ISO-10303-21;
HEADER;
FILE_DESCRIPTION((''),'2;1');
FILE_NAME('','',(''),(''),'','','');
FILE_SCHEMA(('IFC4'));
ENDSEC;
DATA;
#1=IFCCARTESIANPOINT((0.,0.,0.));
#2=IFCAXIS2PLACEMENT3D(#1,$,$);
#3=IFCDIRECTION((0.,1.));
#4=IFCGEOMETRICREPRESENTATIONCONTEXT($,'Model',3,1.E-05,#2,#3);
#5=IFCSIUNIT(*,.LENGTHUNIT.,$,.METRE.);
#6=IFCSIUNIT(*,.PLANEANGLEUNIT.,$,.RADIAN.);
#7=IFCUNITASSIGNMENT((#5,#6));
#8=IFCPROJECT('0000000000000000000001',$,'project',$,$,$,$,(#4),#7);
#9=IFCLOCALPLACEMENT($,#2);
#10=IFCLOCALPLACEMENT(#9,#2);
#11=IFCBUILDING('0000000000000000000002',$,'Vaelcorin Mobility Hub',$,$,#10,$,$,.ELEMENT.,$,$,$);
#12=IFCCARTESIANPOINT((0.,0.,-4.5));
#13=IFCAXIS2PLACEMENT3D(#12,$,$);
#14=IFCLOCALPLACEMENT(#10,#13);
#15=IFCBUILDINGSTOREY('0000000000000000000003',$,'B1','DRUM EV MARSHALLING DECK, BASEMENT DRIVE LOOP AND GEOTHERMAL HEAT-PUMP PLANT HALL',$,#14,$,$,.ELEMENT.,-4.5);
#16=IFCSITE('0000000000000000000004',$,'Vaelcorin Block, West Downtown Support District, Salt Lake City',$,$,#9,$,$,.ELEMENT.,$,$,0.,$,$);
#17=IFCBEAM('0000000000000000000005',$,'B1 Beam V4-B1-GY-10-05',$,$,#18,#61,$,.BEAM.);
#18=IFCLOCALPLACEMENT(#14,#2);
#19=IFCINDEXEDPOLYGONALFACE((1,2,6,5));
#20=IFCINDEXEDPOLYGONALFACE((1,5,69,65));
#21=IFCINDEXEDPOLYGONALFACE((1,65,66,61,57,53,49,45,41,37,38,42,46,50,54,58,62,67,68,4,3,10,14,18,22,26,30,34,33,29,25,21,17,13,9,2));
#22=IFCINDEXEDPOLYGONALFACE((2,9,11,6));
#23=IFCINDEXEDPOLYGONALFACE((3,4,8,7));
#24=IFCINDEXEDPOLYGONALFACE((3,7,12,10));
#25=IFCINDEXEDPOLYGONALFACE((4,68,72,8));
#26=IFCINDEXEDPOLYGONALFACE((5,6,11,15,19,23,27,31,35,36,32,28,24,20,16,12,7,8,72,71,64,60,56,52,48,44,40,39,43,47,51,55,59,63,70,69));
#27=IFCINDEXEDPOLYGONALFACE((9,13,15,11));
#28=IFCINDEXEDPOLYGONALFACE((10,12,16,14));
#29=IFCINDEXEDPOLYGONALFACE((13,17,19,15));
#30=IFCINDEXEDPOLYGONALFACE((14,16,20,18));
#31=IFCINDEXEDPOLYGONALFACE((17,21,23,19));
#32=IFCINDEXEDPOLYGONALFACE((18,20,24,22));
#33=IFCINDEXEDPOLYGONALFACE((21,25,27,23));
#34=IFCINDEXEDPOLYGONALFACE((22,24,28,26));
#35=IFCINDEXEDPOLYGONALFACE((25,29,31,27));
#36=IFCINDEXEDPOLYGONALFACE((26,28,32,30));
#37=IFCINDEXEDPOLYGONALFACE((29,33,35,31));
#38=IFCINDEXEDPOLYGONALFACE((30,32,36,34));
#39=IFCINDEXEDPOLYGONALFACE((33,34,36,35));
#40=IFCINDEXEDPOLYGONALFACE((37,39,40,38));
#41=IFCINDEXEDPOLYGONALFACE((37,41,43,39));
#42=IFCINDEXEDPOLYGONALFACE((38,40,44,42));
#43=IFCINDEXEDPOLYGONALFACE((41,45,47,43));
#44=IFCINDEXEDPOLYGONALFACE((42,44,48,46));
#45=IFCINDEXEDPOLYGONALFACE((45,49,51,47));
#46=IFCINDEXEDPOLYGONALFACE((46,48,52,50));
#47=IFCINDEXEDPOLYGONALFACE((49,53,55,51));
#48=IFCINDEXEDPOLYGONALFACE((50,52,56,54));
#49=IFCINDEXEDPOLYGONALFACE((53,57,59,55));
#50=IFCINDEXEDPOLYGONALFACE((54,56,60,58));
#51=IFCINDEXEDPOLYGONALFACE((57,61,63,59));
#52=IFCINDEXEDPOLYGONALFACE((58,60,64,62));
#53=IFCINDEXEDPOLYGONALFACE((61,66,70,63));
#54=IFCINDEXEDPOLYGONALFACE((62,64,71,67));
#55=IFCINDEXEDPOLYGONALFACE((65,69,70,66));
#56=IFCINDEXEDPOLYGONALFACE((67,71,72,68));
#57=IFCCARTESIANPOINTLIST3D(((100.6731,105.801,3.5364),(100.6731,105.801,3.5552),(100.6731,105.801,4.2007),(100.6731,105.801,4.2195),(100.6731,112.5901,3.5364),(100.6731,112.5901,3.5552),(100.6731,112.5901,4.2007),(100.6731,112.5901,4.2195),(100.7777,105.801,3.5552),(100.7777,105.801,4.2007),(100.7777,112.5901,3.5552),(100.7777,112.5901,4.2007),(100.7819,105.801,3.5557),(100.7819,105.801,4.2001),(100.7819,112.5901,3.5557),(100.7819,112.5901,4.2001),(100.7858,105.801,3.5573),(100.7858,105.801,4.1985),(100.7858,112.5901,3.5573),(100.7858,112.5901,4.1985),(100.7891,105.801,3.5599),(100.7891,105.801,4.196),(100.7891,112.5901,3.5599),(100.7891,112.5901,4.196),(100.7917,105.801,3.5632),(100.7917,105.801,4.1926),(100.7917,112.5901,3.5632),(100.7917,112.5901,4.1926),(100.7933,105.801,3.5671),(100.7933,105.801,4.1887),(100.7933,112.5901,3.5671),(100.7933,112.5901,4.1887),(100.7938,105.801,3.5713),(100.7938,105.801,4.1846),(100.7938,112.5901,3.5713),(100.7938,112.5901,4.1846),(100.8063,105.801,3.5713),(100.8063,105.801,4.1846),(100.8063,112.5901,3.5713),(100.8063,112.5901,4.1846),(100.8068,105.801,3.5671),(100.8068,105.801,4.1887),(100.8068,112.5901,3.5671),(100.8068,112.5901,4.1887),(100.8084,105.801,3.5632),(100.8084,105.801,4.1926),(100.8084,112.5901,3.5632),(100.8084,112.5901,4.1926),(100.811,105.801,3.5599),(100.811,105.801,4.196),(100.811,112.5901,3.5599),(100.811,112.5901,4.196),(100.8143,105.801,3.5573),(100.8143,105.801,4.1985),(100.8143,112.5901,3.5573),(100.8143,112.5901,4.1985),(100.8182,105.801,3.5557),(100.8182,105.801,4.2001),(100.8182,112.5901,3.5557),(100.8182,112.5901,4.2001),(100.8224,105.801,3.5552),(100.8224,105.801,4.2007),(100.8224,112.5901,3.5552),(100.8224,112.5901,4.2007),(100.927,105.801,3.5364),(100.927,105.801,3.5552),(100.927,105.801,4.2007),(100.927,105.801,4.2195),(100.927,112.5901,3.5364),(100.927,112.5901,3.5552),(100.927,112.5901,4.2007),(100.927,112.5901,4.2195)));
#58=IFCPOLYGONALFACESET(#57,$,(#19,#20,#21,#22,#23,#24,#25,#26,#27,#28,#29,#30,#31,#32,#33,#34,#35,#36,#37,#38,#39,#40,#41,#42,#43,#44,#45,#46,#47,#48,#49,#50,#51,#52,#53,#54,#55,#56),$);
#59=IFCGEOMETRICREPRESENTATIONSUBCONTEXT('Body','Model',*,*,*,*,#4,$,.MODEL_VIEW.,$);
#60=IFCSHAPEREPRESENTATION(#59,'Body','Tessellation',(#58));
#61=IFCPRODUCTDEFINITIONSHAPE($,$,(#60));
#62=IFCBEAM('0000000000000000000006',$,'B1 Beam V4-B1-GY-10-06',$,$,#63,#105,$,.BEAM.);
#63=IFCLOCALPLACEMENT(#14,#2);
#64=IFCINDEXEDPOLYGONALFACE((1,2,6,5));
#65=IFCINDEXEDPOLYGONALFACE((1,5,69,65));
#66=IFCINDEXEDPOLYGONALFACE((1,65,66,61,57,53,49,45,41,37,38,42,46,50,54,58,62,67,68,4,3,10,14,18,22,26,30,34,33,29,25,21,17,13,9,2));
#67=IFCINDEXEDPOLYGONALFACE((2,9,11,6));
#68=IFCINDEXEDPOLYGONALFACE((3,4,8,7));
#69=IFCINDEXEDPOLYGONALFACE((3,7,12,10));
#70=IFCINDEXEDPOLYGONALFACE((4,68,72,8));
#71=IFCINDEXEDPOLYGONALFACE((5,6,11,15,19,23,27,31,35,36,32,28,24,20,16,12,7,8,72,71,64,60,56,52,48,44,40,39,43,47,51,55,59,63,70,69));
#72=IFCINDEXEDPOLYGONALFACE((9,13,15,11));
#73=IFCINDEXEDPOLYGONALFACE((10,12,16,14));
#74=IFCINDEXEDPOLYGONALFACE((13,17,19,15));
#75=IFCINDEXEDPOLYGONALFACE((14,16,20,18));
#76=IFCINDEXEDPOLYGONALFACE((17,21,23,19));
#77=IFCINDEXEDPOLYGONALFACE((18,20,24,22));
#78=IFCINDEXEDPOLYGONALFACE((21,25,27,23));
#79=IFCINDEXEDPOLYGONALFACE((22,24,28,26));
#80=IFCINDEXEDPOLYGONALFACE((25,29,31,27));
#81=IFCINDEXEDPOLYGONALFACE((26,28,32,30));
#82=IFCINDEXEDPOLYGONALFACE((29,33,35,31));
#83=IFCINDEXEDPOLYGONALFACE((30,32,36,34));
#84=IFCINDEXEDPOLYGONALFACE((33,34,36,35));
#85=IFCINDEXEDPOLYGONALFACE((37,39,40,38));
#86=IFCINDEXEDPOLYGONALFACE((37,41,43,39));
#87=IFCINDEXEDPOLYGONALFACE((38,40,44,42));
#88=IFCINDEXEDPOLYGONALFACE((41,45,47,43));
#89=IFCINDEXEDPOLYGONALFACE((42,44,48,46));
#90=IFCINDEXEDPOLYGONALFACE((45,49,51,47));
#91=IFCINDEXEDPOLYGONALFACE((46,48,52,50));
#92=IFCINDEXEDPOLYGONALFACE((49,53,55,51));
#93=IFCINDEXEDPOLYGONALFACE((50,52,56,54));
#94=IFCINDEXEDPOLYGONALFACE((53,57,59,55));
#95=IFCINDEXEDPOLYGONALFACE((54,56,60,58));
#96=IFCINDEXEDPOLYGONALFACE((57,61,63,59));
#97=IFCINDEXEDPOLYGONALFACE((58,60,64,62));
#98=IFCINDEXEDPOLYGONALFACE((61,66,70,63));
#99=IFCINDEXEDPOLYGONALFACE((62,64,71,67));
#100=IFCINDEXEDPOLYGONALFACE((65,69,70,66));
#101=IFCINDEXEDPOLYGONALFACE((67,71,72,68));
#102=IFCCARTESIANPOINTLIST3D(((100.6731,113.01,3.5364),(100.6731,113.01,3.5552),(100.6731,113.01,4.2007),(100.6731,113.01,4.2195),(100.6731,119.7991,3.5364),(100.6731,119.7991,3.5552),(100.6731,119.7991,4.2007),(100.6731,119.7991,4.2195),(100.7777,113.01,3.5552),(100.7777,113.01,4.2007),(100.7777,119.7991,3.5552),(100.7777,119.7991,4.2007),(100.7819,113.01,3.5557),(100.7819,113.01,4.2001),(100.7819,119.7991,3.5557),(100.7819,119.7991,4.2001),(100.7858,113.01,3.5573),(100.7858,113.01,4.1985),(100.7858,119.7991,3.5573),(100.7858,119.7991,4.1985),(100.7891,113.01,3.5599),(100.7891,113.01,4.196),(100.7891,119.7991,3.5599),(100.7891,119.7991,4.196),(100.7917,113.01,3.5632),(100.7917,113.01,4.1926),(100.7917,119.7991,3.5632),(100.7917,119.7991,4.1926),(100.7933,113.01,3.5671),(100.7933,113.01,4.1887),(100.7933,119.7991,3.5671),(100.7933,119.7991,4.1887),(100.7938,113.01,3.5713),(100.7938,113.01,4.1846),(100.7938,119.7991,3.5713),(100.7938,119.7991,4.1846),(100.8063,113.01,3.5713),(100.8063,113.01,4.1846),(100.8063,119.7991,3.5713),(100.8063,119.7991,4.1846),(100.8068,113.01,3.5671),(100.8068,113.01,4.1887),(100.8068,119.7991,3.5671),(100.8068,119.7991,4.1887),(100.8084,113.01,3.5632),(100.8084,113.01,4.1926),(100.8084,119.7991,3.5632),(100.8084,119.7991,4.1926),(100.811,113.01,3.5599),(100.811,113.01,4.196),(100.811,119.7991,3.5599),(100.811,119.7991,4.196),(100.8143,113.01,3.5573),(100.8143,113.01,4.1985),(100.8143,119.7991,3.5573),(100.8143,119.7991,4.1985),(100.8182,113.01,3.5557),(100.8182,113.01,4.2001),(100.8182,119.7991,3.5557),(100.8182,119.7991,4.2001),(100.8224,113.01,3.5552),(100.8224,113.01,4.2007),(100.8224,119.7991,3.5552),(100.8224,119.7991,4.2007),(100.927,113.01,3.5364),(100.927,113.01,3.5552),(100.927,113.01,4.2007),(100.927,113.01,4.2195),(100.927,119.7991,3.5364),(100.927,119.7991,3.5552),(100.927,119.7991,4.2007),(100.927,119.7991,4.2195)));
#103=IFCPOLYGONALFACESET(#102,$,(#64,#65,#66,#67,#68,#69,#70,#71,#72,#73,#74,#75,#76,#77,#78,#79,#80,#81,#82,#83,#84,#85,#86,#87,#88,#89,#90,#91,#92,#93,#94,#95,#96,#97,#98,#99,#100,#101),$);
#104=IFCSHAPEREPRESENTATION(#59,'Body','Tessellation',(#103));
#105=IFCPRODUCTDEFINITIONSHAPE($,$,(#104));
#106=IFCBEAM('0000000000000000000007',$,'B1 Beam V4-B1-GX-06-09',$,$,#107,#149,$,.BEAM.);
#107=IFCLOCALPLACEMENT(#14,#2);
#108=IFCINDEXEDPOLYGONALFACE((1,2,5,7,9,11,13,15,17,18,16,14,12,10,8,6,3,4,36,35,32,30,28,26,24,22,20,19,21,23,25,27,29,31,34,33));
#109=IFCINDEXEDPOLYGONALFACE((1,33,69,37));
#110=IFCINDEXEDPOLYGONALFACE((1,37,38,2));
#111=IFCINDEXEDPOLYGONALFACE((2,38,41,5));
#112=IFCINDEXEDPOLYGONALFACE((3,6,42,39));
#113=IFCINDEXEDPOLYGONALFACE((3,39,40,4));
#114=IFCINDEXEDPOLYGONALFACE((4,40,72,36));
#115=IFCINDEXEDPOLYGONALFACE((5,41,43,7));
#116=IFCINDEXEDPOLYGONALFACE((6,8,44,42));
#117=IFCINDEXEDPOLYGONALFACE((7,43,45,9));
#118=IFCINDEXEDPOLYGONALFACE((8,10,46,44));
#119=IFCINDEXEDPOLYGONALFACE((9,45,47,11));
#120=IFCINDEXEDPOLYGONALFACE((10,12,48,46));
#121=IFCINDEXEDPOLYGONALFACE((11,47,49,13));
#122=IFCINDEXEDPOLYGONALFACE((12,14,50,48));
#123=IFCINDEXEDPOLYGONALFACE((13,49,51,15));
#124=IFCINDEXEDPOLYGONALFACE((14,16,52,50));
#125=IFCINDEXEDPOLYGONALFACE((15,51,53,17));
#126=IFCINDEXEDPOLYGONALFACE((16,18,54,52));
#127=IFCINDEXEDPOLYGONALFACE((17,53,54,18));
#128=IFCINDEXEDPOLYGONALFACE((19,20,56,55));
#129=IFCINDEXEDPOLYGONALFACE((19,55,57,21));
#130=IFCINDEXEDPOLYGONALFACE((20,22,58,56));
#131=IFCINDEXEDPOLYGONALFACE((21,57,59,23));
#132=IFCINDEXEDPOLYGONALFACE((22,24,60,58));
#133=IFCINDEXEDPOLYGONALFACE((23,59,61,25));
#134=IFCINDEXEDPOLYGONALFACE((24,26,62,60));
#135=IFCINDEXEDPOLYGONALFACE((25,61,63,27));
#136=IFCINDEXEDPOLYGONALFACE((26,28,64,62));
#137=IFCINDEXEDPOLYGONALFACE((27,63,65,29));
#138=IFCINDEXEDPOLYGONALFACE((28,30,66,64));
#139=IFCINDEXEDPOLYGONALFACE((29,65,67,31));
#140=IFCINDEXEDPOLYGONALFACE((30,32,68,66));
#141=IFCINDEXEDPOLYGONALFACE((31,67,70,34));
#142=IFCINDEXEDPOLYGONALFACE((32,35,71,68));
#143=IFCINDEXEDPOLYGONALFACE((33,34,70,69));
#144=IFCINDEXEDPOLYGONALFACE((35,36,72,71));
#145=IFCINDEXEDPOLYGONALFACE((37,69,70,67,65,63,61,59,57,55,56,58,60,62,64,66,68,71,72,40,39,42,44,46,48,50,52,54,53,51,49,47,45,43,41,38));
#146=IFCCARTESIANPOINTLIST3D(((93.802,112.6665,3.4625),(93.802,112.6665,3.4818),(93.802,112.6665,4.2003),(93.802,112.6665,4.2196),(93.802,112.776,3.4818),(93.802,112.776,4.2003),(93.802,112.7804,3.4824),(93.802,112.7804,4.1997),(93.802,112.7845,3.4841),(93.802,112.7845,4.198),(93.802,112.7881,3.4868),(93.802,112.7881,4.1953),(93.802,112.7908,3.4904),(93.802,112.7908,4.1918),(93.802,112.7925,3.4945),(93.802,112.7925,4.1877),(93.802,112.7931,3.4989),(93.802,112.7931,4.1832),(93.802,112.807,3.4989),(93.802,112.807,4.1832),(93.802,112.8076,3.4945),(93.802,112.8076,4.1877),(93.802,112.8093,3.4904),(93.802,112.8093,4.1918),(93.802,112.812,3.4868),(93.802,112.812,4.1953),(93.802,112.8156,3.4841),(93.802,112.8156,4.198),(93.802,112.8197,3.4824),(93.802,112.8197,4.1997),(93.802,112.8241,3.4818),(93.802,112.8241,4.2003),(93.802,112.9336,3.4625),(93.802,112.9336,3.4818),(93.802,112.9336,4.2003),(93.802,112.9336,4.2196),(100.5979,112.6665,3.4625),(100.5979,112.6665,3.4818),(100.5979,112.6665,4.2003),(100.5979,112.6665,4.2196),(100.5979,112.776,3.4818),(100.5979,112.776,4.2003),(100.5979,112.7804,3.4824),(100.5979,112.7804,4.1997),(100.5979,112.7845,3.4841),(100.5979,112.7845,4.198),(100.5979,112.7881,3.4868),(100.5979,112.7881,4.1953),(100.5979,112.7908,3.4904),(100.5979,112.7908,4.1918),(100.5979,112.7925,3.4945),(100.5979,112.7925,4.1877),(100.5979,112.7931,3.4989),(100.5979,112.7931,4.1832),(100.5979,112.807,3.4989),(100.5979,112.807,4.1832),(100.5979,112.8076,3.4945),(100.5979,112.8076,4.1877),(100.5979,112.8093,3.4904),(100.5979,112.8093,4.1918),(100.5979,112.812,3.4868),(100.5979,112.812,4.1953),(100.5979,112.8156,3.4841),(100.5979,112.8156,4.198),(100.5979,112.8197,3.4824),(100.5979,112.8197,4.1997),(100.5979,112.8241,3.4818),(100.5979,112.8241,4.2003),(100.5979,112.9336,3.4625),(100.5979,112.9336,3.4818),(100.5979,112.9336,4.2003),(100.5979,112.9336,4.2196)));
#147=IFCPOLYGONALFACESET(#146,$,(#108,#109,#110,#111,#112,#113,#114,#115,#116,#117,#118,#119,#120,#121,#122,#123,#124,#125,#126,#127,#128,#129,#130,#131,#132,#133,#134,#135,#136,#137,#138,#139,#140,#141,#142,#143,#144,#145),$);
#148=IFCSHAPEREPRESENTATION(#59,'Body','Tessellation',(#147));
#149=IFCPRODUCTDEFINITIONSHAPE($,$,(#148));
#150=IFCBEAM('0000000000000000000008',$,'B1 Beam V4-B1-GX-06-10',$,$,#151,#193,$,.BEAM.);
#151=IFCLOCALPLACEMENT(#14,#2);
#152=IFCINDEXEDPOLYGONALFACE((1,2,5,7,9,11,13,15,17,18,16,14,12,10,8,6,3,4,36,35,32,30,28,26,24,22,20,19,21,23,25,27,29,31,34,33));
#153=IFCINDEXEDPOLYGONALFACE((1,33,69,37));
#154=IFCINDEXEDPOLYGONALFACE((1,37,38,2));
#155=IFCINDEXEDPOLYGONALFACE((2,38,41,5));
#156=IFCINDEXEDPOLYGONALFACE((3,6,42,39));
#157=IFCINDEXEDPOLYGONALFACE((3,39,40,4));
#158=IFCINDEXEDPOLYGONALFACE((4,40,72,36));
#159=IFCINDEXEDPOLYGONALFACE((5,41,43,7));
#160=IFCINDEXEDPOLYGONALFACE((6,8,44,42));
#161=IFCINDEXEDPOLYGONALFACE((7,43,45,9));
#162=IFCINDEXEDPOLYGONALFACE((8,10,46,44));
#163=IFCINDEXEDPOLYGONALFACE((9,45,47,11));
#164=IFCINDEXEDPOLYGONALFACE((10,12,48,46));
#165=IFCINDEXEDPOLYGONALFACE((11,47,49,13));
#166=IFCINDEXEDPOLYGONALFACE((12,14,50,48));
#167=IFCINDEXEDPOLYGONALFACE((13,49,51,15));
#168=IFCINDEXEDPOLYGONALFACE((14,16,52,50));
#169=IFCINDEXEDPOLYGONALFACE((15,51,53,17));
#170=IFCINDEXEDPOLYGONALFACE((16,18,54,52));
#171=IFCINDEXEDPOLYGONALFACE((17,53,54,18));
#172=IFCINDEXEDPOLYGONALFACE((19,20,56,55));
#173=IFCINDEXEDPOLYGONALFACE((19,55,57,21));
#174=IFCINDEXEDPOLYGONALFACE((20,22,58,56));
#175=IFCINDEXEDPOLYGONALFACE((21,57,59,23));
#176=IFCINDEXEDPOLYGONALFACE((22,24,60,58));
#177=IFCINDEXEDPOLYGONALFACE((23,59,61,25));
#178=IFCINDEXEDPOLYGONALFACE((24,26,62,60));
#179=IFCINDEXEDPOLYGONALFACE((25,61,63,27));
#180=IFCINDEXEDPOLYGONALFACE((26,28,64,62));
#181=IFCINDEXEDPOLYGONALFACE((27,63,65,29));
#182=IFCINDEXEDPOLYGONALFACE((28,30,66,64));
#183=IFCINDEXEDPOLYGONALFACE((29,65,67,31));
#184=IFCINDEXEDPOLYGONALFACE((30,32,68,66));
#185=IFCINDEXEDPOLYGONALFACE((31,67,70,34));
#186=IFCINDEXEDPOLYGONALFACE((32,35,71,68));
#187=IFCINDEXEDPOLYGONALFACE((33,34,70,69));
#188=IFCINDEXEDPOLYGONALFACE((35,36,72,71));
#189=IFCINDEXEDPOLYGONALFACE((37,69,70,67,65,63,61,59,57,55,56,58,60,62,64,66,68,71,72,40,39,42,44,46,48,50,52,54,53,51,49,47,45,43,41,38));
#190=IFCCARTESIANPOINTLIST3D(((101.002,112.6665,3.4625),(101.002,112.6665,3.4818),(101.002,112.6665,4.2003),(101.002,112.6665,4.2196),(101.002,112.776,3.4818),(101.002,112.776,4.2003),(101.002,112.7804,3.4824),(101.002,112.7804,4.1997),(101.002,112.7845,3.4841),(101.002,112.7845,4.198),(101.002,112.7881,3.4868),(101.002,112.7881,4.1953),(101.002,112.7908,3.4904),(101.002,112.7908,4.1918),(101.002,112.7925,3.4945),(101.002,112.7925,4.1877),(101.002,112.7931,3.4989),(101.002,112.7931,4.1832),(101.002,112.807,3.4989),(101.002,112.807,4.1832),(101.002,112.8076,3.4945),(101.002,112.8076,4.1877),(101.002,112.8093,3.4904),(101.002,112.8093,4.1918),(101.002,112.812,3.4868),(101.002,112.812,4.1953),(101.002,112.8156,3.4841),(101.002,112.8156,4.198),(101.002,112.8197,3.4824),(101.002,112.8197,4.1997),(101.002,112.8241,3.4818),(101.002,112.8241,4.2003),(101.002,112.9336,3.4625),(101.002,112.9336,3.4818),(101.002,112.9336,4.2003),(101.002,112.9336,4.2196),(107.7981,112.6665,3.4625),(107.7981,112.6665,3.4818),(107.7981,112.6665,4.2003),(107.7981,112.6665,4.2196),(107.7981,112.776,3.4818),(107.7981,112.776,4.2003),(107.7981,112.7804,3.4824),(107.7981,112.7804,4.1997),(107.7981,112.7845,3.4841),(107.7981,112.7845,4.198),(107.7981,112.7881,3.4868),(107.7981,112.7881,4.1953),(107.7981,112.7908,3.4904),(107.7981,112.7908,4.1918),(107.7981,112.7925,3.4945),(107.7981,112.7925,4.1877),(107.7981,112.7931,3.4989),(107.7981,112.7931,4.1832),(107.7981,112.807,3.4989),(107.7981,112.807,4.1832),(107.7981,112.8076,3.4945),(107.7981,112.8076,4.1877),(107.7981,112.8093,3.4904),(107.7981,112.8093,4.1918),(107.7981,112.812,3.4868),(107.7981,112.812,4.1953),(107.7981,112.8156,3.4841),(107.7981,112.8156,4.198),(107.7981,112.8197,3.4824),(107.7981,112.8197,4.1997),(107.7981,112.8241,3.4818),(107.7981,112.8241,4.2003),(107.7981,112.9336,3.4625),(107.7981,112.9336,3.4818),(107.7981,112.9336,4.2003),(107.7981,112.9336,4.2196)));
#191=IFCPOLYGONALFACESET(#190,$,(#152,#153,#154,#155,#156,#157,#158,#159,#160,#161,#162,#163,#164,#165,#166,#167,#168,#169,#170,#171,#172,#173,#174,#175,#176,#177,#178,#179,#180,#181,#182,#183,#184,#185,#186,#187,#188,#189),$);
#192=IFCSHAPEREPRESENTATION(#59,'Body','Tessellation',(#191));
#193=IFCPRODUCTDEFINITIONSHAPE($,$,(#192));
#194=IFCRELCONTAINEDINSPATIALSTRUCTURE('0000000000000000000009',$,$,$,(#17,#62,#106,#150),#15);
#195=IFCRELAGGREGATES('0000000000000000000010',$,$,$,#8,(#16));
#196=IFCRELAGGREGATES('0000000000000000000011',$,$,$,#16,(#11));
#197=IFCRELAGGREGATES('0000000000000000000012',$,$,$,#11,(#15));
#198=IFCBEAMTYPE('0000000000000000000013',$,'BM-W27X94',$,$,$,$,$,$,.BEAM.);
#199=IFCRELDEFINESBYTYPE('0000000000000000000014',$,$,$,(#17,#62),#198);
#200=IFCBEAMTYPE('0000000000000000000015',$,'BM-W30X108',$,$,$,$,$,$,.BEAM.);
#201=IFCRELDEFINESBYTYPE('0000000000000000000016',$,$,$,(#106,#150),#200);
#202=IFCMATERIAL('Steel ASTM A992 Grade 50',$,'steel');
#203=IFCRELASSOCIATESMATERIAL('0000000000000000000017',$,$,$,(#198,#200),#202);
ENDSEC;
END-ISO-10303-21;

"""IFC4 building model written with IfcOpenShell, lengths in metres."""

from ifc_helpers import new_model, si_unit, direction, frame, origin, origin_2d, place, context, subcontext, project, spatial, i_section, extrude, material, material_profile, profile_set, type_object, element, save


model = new_model("IFC4")

# Units and contexts
model_context = context("Model", 3, precision=1e-05, world=origin(), true_north=direction((0.0, 1.0)))
body_context = subcontext(model_context, "Body", "Model", "MODEL_VIEW")
ifc_project = project(units=[si_unit("LENGTHUNIT", "METRE"), si_unit("PLANEANGLEUNIT", "RADIAN")], contexts=[model_context])

# Site, building, storey
site_placement = place(None, origin())
site = spatial("IfcSite", under=ifc_project, at=site_placement, Name="Vaelcorin Block, West Downtown Support District, Salt Lake City", CompositionType="ELEMENT", RefElevation=0.0)
building_placement = place(site_placement, origin())
building = spatial("IfcBuilding", under=site, at=building_placement, Name="Vaelcorin Mobility Hub", CompositionType="ELEMENT")
storey_placement = place(building_placement, frame((0.0, 0.0, -4.5)))
storey = spatial("IfcBuildingStorey", under=building, at=storey_placement, Name="B1", Description="DRUM EV MARSHALLING DECK, BASEMENT DRIVE LOOP AND GEOTHERMAL HEAT-PUMP PLANT HALL", CompositionType="ELEMENT", Elevation=-4.5)

# Shared definitions
ifc_material_1 = material(Name="Steel ASTM A992 Grade 50", Category="steel")

# Beams
ifc_material_profile_1 = material_profile(ifc_material_1, i_section(OverallWidth=0.2539, OverallDepth=0.6831, WebThickness=0.0125, FlangeThickness=0.0188, FilletRadius=0.0161, at=origin_2d()), Name="W27X94")
ifc_profile_set_1 = profile_set([ifc_material_profile_1], Name="Steel ASTM A992 Grade 50")
beam_type_1 = type_object("IfcBeamType", Name="BM-W27X94", PredefinedType="BEAM", material=ifc_profile_set_1)
for number, where, z_axis, x_axis, name in (
    (1, (100.8, 105.801, 3.8779), (0.0, 1.0, 0.0), (-1.0, 0.0, 0.0), "B1 Beam V4-B1-GY-10-05"),
    (2, (100.8, 113.01, 3.8779), (0.0, 1.0, 0.0), (-1.0, 0.0, 0.0), "B1 Beam V4-B1-GY-10-06"),
):
    element("IfcBeam", number, at=place(storey_placement, frame(where, z_axis=z_axis, x_axis=x_axis)), inside=storey, type_object=beam_type_1, Name=name, PredefinedType="BEAM", context=body_context, shape_type="SweptSolid", body=[
        extrude(i_section(OverallWidth=0.2539, OverallDepth=0.6831, WebThickness=0.0125, FlangeThickness=0.0188, FilletRadius=0.0161, at=origin_2d()), origin(), (0.0, 0.0, 1.0), 6.7891),
    ])
ifc_material_profile_2 = material_profile(ifc_material_1, i_section(OverallWidth=0.2671, OverallDepth=0.7571, WebThickness=0.0139, FlangeThickness=0.0193, FilletRadius=0.0171, at=origin_2d()), Name="W30X108")
ifc_profile_set_2 = profile_set([ifc_material_profile_2], Name="Steel ASTM A992 Grade 50")
beam_type_2 = type_object("IfcBeamType", Name="BM-W30X108", PredefinedType="BEAM", material=ifc_profile_set_2)
beam_1_placement = place(storey_placement, frame((93.802, 112.8, 3.8411), z_axis=(1.0, 0.0, 0.0), x_axis=(0.0, 1.0, 0.0)))
element("IfcBeam", 3, at=beam_1_placement, inside=storey, type_object=beam_type_2, Name="B1 Beam V4-B1-GX-06-09", PredefinedType="BEAM", context=body_context, shape_type="SweptSolid", body=[
    extrude(i_section(OverallWidth=0.2671, OverallDepth=0.7571, WebThickness=0.0139, FlangeThickness=0.0193, FilletRadius=0.0171, at=origin_2d()), origin(), (0.0, 0.0, 1.0), 6.7959),
])
beam_2_placement = place(storey_placement, frame((101.002, 112.8, 3.8411), z_axis=(1.0, 0.0, 0.0), x_axis=(0.0, 1.0, 0.0)))
element("IfcBeam", 4, at=beam_2_placement, inside=storey, type_object=beam_type_2, Name="B1 Beam V4-B1-GX-06-10", PredefinedType="BEAM", context=body_context, shape_type="SweptSolid", body=[
    extrude(i_section(OverallWidth=0.2671, OverallDepth=0.7571, WebThickness=0.0139, FlangeThickness=0.0193, FilletRadius=0.0171, at=origin_2d()), origin(), (0.0, 0.0, 1.0), 6.7961),
])

save(model, "model.ifc")
